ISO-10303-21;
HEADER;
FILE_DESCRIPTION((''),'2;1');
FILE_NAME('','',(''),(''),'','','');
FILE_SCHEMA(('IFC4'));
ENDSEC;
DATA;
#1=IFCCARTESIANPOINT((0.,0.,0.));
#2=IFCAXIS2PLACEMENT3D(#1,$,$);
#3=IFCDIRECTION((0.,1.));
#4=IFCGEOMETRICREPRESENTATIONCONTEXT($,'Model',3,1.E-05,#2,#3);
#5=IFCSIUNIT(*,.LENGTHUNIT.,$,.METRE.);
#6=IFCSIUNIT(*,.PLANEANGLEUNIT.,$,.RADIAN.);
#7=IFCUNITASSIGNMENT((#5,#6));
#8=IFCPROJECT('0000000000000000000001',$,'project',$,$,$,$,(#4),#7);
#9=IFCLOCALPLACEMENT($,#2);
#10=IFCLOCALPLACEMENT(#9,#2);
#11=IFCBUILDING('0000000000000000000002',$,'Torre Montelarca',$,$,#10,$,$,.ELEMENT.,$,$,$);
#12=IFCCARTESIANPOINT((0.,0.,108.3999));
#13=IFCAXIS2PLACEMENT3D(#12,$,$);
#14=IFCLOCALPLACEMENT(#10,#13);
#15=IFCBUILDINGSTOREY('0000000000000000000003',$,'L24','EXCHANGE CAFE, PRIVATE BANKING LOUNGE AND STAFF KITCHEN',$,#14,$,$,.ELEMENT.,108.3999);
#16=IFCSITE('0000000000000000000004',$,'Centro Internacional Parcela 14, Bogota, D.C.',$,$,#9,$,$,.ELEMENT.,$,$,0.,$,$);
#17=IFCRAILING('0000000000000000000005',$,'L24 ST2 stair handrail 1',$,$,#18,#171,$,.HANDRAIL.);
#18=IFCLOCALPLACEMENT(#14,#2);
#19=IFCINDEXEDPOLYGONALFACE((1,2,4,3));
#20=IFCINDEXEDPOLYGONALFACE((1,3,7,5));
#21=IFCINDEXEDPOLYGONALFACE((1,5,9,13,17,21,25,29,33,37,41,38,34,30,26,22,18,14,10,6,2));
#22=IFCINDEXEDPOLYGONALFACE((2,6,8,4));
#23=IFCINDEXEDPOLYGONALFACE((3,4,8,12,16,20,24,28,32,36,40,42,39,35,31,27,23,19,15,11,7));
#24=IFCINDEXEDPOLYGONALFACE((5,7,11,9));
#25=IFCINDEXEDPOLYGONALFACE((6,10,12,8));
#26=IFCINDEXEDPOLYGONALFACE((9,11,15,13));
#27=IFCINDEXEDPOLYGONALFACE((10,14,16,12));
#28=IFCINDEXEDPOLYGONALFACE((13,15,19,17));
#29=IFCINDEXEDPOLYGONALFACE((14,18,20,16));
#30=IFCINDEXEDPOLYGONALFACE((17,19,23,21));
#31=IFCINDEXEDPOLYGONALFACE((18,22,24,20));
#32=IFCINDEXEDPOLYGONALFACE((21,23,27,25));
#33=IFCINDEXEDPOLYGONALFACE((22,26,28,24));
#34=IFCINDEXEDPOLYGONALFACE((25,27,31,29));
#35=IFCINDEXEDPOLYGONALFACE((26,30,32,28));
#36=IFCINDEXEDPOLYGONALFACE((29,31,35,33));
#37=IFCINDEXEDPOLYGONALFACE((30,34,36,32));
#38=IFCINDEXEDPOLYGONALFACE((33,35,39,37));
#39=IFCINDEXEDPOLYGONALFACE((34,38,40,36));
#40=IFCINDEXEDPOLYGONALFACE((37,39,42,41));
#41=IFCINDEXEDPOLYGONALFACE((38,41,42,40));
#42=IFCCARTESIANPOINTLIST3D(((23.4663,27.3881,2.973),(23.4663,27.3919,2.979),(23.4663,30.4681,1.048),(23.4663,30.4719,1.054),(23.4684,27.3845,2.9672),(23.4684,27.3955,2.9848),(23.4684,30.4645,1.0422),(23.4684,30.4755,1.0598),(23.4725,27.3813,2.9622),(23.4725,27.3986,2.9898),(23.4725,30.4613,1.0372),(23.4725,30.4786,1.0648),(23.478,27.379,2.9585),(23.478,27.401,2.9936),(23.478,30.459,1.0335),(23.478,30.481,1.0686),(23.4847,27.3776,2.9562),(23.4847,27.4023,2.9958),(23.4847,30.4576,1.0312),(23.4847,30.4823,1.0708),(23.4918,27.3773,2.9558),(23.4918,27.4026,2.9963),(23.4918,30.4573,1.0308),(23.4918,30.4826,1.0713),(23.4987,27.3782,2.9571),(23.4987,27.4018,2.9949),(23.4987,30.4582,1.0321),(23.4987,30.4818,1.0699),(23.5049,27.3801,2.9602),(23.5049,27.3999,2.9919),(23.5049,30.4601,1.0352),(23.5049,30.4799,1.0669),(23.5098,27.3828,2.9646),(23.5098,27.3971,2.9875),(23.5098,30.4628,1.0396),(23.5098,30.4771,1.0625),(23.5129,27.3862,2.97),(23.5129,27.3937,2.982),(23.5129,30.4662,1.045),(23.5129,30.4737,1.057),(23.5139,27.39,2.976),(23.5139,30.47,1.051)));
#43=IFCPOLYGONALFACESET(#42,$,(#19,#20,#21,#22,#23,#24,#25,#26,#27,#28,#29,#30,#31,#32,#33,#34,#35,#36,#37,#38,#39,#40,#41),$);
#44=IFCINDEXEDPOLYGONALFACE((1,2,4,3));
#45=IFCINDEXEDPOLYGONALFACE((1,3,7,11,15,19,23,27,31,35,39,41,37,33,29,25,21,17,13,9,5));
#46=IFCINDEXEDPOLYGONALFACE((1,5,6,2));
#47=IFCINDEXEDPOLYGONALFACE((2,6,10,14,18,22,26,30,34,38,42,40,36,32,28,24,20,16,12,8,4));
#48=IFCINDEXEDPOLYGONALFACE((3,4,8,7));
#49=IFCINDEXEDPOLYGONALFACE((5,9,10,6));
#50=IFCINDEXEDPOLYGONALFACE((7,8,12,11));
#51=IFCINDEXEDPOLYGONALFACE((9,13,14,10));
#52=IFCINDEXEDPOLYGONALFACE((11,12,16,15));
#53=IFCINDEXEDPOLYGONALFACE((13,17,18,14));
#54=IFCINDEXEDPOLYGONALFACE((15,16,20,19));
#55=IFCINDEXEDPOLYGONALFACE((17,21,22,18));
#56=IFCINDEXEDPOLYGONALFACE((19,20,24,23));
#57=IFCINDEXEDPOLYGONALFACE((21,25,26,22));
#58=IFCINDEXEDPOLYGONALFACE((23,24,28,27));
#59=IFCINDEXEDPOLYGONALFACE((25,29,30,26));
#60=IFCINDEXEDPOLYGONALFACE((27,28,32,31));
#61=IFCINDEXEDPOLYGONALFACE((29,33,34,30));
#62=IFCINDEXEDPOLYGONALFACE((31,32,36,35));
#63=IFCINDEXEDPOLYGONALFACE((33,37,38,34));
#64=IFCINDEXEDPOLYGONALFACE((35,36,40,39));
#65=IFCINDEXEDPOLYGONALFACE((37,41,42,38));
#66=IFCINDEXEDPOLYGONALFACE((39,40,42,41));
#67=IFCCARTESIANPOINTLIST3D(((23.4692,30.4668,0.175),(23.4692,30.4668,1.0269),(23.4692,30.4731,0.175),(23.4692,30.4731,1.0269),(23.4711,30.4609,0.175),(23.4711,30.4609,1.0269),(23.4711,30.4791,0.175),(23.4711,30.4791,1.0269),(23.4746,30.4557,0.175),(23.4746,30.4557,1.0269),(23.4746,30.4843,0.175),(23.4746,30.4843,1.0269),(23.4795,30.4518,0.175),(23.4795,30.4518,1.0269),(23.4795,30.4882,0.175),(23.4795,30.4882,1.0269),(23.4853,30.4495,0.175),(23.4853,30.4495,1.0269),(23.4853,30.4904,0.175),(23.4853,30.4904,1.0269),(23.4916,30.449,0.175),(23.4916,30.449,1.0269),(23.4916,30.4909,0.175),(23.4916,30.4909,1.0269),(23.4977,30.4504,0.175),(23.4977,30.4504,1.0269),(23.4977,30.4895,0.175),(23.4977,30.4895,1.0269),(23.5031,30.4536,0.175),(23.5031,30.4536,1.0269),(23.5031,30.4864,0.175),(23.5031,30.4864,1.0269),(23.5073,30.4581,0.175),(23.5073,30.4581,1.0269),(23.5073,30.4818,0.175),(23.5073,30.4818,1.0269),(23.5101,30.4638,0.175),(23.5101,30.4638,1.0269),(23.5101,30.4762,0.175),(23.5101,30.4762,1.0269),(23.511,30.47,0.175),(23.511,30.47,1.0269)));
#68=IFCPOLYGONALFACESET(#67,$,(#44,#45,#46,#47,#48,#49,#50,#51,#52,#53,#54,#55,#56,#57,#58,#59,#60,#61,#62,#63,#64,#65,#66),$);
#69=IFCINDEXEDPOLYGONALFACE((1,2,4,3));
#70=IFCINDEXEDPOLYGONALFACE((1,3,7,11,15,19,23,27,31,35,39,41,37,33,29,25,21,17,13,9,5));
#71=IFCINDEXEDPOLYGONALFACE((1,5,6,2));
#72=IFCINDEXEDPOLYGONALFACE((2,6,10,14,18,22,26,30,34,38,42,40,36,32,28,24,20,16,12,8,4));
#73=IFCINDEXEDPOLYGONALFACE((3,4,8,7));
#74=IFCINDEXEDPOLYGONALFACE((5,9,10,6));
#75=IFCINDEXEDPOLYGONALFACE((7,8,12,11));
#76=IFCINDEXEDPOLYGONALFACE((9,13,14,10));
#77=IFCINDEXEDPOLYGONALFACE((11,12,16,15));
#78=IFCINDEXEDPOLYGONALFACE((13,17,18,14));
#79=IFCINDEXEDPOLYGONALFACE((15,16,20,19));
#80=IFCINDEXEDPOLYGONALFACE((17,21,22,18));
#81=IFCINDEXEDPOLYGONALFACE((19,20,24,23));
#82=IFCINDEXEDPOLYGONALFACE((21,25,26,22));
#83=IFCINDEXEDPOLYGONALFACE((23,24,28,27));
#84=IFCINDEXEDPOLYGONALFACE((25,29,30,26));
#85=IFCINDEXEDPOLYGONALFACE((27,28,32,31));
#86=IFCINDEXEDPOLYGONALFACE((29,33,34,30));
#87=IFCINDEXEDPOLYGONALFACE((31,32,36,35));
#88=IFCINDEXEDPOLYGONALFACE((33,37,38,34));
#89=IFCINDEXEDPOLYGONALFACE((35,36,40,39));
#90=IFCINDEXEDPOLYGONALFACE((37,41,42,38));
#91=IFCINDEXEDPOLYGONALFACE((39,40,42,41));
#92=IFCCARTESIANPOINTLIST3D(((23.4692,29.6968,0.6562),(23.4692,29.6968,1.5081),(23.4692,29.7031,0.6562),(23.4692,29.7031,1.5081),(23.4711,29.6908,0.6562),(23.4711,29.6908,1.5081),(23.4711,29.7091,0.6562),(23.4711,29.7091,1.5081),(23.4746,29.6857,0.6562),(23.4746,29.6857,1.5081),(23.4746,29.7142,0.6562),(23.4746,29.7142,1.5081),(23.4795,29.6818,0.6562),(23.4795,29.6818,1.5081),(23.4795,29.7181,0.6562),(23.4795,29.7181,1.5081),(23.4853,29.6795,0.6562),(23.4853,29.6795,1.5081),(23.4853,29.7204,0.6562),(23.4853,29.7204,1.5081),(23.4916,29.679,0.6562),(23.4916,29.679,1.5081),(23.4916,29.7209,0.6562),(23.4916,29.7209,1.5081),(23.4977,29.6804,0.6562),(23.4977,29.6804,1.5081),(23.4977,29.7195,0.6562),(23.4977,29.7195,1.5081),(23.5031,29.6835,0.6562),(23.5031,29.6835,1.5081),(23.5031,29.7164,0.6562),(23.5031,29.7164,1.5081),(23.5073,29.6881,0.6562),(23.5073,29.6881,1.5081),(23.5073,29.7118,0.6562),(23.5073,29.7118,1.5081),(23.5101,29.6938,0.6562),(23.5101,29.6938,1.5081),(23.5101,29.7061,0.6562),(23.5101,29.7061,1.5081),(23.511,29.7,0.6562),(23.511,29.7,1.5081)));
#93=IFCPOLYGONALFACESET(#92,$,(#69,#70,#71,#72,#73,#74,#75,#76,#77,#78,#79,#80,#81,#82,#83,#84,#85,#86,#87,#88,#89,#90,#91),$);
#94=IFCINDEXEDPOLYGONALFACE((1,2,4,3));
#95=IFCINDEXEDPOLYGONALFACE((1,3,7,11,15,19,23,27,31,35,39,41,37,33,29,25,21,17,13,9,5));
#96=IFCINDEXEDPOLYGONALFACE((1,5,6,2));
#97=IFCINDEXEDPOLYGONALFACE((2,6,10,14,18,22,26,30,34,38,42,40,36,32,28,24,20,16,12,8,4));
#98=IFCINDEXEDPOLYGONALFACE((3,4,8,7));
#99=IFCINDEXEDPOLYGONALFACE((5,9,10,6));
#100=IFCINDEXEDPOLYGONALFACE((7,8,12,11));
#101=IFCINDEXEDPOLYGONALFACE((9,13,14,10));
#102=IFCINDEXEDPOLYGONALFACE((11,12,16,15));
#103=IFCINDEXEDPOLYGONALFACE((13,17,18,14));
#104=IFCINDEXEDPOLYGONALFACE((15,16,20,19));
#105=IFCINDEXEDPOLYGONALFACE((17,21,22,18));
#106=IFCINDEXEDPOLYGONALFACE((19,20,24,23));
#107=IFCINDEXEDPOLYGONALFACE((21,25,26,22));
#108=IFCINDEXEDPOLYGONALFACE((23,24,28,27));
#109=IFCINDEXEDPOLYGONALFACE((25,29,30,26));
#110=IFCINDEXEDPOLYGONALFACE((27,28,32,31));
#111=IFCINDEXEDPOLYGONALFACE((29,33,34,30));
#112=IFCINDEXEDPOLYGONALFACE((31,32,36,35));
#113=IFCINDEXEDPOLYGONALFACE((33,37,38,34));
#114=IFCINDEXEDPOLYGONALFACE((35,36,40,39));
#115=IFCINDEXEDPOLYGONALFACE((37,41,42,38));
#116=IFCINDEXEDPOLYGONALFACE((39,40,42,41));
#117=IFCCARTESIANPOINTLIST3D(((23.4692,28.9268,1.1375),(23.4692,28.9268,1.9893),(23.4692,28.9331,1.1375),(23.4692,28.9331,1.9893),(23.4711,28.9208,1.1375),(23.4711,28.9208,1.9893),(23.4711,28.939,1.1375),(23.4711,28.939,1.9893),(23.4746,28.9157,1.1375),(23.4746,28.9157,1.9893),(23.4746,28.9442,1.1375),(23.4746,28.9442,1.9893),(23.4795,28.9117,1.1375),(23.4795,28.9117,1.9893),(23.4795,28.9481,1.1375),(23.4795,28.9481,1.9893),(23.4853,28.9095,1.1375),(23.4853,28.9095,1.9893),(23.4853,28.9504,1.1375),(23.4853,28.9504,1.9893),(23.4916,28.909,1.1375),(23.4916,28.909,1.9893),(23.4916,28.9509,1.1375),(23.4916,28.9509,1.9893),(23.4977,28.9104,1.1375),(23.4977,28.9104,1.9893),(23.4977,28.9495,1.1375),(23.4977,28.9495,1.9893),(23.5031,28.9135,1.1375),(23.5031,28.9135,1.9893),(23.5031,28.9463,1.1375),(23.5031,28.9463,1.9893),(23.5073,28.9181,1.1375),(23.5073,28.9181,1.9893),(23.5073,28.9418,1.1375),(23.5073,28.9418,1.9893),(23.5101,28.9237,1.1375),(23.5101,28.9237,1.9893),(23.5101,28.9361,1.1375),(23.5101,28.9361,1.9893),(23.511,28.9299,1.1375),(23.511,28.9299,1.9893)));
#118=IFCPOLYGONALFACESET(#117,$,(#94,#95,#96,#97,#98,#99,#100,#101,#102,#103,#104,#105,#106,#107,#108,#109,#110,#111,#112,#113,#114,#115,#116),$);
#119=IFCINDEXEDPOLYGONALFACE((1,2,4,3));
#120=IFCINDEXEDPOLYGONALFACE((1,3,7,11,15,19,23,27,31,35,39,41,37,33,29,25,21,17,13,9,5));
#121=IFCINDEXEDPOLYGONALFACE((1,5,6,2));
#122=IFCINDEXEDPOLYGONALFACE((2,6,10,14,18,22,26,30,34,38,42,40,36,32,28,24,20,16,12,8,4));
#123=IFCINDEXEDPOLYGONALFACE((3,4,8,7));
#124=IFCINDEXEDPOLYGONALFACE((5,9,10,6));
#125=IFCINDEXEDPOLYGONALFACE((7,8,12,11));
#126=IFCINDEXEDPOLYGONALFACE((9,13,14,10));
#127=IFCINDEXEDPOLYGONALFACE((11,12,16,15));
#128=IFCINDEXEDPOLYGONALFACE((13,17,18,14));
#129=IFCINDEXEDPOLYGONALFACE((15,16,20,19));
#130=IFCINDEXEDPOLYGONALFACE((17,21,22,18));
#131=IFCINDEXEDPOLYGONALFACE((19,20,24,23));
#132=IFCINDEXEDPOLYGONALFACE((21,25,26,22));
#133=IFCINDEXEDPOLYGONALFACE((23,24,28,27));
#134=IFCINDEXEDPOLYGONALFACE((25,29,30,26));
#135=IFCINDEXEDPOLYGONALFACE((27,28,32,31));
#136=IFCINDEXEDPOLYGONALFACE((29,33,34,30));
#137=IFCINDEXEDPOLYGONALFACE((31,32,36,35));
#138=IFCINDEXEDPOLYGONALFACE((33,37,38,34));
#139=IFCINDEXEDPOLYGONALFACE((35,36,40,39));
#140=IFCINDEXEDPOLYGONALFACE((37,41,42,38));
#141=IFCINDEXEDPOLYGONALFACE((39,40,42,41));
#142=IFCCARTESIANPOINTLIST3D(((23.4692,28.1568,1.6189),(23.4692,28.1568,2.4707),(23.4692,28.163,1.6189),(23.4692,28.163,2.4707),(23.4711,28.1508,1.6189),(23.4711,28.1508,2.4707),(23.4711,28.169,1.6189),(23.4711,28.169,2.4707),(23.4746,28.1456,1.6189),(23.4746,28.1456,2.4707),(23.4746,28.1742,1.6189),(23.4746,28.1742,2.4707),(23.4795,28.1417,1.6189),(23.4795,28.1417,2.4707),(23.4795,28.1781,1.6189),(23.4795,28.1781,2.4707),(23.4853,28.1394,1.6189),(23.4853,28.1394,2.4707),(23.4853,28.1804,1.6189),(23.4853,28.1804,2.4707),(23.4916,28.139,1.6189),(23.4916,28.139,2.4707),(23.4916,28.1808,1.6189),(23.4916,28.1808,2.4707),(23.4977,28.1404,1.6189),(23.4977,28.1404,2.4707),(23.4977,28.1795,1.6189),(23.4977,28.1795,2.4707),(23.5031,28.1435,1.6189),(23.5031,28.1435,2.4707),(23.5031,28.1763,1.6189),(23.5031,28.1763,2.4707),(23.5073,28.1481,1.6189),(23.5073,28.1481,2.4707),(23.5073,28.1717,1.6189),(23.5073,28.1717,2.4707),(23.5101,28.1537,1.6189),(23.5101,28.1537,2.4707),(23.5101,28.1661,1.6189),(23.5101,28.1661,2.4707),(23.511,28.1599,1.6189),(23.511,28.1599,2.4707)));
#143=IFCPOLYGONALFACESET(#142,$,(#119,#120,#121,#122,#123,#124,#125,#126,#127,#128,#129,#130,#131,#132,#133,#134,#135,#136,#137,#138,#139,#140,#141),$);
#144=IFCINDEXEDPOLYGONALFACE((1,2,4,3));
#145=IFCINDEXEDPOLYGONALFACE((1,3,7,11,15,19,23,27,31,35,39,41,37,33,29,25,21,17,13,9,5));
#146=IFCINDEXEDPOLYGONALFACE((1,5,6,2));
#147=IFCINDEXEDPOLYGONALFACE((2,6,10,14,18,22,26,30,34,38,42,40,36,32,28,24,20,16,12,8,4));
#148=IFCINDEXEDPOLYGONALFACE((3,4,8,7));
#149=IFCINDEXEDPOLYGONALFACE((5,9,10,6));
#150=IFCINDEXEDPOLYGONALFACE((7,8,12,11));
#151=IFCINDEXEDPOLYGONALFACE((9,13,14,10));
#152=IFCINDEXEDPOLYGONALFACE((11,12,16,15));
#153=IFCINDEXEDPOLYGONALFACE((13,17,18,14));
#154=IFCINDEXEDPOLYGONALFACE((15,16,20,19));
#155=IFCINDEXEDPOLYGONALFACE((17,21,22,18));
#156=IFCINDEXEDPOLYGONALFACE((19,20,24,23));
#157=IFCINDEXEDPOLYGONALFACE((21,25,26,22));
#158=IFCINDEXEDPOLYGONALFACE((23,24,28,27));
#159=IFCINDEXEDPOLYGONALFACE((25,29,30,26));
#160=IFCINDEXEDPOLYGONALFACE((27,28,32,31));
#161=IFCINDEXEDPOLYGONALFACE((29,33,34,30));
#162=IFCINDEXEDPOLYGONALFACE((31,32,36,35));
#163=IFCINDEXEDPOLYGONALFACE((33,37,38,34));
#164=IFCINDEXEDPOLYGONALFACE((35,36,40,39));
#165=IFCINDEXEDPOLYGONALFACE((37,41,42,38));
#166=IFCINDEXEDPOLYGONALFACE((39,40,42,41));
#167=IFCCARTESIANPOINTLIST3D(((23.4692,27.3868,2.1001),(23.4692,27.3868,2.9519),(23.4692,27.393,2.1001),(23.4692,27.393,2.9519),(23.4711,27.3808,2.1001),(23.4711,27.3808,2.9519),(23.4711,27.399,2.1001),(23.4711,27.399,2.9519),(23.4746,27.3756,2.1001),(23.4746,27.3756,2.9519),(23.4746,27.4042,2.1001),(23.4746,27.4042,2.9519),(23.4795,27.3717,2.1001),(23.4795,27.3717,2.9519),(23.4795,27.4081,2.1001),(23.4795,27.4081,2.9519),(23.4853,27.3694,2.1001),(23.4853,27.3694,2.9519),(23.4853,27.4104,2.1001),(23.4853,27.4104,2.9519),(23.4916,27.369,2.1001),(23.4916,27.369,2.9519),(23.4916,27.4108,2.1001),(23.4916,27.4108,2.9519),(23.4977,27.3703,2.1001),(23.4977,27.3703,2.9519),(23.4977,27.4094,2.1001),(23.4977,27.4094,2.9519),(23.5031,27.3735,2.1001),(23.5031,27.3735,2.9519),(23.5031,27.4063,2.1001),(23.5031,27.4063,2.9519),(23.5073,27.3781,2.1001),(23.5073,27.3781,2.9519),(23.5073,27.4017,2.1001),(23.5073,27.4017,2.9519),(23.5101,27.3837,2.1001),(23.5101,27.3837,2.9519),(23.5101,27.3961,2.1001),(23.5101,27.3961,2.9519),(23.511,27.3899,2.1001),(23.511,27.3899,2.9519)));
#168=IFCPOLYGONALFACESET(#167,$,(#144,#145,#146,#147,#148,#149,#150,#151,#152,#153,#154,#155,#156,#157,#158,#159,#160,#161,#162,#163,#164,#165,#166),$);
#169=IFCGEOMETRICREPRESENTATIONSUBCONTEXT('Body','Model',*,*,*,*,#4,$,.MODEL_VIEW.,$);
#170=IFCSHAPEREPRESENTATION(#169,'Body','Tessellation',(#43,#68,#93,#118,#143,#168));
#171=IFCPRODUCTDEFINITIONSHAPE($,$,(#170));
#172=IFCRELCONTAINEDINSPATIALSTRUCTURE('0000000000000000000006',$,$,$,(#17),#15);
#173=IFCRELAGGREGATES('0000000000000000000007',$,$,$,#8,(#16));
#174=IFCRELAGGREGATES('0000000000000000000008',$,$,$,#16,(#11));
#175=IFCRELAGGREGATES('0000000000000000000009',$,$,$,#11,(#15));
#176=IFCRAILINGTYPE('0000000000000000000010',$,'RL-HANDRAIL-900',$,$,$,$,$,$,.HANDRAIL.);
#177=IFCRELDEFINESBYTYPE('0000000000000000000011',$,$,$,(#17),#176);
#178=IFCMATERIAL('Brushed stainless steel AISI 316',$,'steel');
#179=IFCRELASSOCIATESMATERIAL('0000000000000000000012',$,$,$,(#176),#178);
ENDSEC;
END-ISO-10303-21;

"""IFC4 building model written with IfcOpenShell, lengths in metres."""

from ifc_helpers import new_model, si_unit, direction, frame, origin, origin_2d, place, context, subcontext, project, spatial, circle, extrude, material, type_object, element, save


model = new_model("IFC4")

# Units and contexts
model_context = context("Model", 3, precision=1e-05, world=origin(), true_north=direction((0.0, 1.0)))
body_context = subcontext(model_context, "Body", "Model", "MODEL_VIEW")
ifc_project = project(units=[si_unit("LENGTHUNIT", "METRE"), si_unit("PLANEANGLEUNIT", "RADIAN")], contexts=[model_context])

# Site, building, storey
site_placement = place(None, origin())
site = spatial("IfcSite", under=ifc_project, at=site_placement, Name="Centro Internacional Parcela 14, Bogota, D.C.", CompositionType="ELEMENT", RefElevation=0.0)
building_placement = place(site_placement, origin())
building = spatial("IfcBuilding", under=site, at=building_placement, Name="Torre Montelarca", CompositionType="ELEMENT")
storey_placement = place(building_placement, frame((0.0, 0.0, 108.3999)))
storey = spatial("IfcBuildingStorey", under=building, at=storey_placement, Name="L24", Description="EXCHANGE CAFE, PRIVATE BANKING LOUNGE AND STAFF KITCHEN", CompositionType="ELEMENT", Elevation=108.3999)

# Railing
ifc_material_1 = material(Name="Brushed stainless steel AISI 316", Category="steel")
railing_type_1 = type_object("IfcRailingType", Name="RL-HANDRAIL-900", PredefinedType="HANDRAIL", material=ifc_material_1)
railing_1_placement = place(storey_placement, frame((23.49, 30.47, 0.175)))
element("IfcRailing", 1, at=railing_1_placement, inside=storey, type_object=railing_type_1, Name="L24 ST2 stair handrail 1", PredefinedType="HANDRAIL", context=body_context, shape_type="SweptSolid", body=[
    extrude(circle(Radius=0.0239, at=origin_2d()), frame((0.0, 0.0, 0.876), z_axis=(0.0, -0.847998, 0.529999), x_axis=(1.0, 0.0, 0.0)), (0.0, 0.0, 1.0), 3.6321),
    extrude(circle(Radius=0.021, at=origin_2d()), origin(), (0.0, 0.0, 1.0), 0.8518),
    extrude(circle(Radius=0.021, at=origin_2d()), frame((0.0, -0.77, 0.4812)), (0.0, 0.0, 1.0), 0.8518),
    extrude(circle(Radius=0.021, at=origin_2d()), frame((0.0, -1.54, 0.9624)), (0.0, 0.0, 1.0), 0.8518),
    extrude(circle(Radius=0.021, at=origin_2d()), frame((0.0, -2.3101, 1.4438)), (0.0, 0.0, 1.0), 0.8518),
    extrude(circle(Radius=0.021, at=origin_2d()), frame((0.0, -3.0801, 1.925)), (0.0, 0.0, 1.0), 0.8518),
])

save(model, "model.ifc")
